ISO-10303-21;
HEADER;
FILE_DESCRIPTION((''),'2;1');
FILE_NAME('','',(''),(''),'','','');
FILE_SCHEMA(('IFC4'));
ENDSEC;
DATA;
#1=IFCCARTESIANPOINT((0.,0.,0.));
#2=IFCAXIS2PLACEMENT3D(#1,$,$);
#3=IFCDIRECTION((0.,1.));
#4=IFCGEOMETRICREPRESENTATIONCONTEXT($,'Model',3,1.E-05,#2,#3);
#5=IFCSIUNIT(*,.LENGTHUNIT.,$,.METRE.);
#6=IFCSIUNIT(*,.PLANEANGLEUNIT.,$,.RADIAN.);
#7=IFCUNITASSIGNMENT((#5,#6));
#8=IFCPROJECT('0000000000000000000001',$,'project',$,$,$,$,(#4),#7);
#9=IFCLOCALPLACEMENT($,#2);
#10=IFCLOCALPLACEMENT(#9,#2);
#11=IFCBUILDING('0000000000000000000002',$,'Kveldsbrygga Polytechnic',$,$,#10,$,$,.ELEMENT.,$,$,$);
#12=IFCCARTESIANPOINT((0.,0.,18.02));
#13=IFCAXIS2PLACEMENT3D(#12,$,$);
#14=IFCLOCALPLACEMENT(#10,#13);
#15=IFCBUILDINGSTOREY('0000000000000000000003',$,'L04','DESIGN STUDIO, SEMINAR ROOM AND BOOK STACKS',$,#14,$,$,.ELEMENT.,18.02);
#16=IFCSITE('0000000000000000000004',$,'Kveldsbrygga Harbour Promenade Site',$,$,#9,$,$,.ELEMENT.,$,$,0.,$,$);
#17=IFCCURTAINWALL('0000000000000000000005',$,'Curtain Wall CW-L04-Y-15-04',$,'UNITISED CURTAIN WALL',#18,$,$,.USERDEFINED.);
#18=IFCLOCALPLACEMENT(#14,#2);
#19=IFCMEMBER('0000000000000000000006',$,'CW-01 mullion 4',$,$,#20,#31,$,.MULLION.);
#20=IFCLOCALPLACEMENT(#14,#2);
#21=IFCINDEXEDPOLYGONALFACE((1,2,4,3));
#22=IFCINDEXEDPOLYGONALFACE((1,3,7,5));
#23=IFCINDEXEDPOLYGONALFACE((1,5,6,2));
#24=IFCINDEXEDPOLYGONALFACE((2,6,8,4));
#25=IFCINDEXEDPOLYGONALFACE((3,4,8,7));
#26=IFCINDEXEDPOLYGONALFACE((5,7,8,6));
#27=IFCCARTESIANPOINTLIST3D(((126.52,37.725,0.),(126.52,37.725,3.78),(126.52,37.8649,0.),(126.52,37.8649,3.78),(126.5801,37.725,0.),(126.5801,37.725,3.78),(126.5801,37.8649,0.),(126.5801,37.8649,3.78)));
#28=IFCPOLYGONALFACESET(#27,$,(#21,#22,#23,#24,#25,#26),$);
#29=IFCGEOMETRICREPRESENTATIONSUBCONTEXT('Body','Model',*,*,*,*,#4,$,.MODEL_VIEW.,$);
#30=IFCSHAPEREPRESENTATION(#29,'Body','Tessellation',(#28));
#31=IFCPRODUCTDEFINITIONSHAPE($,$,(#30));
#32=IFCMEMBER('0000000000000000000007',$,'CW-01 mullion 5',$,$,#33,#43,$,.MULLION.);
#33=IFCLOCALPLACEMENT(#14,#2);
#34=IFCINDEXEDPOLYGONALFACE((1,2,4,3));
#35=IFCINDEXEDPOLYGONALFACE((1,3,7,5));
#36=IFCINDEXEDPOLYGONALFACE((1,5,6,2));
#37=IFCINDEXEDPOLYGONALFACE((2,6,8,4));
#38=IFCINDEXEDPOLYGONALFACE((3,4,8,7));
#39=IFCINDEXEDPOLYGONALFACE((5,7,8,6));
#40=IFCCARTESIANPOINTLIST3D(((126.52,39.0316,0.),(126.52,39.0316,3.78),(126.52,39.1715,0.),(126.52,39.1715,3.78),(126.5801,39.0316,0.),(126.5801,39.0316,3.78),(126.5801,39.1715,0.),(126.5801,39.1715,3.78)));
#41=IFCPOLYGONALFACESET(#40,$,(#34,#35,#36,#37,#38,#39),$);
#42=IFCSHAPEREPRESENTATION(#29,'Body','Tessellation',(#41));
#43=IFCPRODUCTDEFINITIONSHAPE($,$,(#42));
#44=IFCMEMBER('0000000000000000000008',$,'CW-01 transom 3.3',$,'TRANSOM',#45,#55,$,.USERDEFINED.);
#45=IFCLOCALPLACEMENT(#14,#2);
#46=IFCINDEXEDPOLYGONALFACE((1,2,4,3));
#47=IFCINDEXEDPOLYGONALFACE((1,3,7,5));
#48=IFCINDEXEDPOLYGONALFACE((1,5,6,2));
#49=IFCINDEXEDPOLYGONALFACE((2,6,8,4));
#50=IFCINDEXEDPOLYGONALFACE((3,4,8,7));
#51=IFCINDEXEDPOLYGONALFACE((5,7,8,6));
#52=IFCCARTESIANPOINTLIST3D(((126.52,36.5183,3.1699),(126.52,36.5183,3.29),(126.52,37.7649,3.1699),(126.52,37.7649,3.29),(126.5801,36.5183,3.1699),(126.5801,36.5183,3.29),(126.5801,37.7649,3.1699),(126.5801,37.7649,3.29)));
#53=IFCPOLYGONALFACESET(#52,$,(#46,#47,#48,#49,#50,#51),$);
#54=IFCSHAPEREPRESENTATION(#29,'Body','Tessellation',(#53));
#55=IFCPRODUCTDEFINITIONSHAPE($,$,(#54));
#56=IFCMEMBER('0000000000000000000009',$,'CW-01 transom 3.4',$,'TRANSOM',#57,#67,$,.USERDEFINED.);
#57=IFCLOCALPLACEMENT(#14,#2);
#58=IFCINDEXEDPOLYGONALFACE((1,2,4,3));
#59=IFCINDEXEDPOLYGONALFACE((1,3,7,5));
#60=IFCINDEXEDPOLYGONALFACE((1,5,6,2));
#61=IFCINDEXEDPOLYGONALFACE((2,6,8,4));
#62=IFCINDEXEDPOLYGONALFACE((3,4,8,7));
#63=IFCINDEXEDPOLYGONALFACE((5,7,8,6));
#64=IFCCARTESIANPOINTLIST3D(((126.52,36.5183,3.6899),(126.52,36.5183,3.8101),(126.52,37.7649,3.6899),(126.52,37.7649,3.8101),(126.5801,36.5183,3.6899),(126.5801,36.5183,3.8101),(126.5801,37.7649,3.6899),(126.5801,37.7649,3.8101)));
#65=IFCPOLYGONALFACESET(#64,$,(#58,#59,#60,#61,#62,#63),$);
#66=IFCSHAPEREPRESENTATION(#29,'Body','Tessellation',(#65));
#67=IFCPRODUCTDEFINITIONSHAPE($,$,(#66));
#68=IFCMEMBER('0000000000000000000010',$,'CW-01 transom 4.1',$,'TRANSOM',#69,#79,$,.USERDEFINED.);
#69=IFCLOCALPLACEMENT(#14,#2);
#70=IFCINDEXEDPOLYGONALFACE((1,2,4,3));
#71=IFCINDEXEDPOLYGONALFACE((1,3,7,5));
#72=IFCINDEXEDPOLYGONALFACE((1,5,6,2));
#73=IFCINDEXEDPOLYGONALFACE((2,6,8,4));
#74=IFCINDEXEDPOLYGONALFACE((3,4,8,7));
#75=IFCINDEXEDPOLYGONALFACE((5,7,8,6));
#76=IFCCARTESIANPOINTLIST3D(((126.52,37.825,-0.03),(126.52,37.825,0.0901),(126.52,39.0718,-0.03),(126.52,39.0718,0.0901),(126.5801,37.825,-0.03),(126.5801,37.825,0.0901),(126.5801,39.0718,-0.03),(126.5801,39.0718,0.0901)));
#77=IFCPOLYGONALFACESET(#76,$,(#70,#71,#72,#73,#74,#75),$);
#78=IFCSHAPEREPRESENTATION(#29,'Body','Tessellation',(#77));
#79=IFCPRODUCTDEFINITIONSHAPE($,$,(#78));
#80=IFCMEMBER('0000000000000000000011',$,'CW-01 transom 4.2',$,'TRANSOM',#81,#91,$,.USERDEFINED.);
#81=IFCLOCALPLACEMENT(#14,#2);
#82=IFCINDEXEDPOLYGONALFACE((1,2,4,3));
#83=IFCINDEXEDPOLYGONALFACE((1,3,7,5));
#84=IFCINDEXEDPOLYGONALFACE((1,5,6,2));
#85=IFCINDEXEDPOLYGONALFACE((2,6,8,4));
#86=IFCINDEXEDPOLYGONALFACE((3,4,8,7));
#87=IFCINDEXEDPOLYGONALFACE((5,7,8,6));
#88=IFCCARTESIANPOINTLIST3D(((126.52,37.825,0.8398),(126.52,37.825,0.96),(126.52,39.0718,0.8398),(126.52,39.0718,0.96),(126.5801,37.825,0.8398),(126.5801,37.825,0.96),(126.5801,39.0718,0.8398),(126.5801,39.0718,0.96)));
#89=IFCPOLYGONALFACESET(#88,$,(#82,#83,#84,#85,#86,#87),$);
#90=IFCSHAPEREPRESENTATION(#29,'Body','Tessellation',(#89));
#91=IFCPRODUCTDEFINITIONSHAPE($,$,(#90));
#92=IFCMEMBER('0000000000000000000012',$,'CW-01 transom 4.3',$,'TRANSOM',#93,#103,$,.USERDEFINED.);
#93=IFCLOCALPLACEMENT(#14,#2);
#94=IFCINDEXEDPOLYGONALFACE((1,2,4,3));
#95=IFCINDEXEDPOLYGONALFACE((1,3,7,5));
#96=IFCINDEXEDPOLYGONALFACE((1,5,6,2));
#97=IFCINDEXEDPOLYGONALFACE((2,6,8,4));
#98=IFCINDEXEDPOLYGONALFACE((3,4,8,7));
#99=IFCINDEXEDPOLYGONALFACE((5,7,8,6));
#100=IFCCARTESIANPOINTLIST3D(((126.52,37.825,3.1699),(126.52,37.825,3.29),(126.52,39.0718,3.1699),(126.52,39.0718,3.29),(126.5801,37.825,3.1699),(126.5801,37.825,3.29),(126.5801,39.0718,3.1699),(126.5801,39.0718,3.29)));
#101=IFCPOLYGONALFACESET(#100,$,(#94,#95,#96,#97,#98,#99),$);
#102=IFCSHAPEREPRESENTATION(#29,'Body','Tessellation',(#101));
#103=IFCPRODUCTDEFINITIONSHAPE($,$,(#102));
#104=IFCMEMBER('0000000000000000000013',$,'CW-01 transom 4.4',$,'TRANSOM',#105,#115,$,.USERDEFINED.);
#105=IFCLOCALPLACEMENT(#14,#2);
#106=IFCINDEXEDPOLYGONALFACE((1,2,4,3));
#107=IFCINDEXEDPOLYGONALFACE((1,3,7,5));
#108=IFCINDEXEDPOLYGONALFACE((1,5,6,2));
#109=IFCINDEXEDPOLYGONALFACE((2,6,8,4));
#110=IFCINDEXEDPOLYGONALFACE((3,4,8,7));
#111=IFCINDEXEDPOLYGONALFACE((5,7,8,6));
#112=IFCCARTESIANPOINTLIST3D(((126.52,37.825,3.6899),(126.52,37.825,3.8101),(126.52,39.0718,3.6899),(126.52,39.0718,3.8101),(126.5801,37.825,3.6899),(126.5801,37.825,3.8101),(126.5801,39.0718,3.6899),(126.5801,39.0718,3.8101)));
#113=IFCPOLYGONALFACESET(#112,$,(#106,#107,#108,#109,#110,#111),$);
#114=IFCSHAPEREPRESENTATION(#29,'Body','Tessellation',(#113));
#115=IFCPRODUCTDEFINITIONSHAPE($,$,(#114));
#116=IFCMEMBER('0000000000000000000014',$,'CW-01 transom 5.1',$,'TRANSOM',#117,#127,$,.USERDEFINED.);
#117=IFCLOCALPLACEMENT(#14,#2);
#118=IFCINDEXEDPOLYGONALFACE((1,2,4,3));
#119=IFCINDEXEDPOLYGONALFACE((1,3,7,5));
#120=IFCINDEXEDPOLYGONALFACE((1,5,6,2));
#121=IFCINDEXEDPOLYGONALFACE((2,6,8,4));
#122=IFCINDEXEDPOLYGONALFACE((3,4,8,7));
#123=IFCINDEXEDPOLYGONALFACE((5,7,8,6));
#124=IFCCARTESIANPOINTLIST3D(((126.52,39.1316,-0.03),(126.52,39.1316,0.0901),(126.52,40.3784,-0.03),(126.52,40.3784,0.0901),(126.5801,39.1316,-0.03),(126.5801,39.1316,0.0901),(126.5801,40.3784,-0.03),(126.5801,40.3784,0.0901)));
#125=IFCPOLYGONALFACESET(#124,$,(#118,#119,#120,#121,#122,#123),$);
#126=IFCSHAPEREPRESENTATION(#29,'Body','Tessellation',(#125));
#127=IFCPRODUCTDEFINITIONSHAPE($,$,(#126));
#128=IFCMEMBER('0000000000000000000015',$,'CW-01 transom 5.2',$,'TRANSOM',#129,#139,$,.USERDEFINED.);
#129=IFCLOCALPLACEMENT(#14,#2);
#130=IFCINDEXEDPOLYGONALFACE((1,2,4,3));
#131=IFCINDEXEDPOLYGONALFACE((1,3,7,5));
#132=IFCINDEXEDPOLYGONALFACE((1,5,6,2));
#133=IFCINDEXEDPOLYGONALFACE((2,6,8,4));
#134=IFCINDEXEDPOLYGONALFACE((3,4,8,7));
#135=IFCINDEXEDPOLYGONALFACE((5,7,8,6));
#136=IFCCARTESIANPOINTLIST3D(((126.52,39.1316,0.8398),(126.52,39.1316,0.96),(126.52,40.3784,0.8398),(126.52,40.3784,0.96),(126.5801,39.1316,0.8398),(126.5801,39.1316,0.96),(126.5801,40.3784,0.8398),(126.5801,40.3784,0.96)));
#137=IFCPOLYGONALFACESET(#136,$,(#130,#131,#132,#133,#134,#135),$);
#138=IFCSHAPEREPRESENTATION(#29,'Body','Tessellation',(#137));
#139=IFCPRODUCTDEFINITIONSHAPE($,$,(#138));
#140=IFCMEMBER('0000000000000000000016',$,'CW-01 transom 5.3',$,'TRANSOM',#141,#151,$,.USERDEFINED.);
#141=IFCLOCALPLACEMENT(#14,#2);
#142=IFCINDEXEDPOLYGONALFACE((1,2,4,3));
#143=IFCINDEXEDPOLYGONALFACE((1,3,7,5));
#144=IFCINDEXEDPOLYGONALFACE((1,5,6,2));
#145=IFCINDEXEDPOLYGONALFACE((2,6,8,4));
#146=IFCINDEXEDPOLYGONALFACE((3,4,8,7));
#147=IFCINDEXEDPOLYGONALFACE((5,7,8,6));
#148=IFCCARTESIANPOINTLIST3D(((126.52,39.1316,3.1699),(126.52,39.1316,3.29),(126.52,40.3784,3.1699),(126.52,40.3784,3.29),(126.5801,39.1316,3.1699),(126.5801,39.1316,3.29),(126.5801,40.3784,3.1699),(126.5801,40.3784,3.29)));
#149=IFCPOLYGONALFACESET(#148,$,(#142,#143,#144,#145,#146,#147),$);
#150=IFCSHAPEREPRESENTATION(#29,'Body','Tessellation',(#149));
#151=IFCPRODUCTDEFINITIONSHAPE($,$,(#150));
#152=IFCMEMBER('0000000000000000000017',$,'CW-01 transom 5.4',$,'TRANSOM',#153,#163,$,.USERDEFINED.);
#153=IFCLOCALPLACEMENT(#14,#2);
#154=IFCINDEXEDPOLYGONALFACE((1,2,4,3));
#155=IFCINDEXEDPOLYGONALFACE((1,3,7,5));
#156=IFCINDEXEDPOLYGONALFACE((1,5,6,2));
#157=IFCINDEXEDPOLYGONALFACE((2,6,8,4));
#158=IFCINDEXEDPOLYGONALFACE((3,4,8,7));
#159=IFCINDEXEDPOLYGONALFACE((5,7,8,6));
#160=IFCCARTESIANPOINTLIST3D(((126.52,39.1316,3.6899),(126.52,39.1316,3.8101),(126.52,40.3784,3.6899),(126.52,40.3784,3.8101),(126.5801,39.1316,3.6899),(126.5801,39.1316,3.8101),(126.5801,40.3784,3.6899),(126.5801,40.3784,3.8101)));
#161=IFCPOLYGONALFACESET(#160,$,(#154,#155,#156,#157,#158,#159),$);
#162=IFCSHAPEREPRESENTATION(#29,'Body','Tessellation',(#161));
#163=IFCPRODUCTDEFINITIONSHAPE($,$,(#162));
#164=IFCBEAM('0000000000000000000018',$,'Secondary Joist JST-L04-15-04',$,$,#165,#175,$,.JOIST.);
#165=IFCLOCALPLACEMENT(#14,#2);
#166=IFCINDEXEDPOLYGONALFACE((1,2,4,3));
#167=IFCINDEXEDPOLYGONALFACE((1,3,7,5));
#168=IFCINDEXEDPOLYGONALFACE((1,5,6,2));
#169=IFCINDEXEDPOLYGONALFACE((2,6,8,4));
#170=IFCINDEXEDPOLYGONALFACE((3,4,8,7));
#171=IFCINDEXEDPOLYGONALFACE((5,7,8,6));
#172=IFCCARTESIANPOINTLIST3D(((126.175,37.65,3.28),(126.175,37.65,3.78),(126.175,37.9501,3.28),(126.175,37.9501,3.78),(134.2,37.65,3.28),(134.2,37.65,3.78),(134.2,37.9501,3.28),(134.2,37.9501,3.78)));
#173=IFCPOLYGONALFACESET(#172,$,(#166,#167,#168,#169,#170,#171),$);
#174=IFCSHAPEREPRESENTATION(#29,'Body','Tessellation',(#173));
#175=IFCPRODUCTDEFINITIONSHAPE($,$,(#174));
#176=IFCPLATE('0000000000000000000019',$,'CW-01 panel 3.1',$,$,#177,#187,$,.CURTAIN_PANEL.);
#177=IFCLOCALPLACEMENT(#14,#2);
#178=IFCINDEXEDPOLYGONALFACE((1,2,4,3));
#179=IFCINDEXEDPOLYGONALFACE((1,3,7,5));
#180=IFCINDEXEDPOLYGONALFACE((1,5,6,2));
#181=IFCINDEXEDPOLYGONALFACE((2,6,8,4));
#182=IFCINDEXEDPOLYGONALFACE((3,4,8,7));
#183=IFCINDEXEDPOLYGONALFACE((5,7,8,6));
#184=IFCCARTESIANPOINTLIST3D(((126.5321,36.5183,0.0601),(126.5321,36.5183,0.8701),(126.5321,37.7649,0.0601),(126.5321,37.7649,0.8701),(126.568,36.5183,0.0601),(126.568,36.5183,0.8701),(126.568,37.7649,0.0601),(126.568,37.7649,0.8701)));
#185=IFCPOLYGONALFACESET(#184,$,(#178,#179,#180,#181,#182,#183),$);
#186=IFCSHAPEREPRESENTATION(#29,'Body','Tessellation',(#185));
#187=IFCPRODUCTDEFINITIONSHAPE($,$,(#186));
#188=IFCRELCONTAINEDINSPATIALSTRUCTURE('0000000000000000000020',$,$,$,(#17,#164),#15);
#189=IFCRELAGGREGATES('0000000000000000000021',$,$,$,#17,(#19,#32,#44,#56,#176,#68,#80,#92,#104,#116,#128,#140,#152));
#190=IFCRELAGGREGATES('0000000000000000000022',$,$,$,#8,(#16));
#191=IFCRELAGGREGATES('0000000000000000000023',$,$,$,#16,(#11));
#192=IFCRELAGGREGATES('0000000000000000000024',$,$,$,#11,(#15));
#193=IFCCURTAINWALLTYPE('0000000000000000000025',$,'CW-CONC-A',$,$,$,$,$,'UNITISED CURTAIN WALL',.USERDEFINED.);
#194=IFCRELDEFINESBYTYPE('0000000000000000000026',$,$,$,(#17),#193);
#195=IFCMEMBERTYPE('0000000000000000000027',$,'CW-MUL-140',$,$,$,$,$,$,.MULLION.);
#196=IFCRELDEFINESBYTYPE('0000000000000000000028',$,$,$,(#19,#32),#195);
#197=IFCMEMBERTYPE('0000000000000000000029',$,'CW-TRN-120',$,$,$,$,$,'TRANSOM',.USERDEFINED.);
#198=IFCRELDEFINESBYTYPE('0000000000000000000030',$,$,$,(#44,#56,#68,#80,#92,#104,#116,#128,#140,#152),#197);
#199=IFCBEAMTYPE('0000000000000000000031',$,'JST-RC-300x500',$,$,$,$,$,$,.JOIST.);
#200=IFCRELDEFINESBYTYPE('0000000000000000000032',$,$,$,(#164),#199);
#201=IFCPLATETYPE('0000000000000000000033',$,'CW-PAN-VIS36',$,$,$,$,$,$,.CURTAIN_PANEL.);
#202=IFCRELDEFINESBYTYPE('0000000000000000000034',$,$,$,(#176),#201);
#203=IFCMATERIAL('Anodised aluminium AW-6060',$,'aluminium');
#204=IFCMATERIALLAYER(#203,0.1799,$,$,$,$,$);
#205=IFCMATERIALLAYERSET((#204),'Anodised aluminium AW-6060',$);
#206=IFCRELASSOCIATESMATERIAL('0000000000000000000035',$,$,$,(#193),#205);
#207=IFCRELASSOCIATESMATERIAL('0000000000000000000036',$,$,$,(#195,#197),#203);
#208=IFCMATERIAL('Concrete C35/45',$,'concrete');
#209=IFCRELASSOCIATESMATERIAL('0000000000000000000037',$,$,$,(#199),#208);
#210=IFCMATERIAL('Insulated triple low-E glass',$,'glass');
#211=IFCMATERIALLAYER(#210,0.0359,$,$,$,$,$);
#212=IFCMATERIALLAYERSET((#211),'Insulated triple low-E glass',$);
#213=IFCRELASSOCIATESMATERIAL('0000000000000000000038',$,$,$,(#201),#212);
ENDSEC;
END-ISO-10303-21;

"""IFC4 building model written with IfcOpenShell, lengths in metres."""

from ifc_helpers import new_model, si_unit, direction, frame, origin, origin_2d, place, context, subcontext, project, spatial, rectangle, extrude, material, layer, layer_set, material_profile, profile_set, type_object, element, aggregate, save


model = new_model("IFC4")

# Units and contexts
model_context = context("Model", 3, precision=1e-05, world=origin(), true_north=direction((0.0, 1.0)))
body_context = subcontext(model_context, "Body", "Model", "MODEL_VIEW")
ifc_project = project(units=[si_unit("LENGTHUNIT", "METRE"), si_unit("PLANEANGLEUNIT", "RADIAN")], contexts=[model_context])

# Site, building, storey
site_placement = place(None, origin())
site = spatial("IfcSite", under=ifc_project, at=site_placement, Name="Kveldsbrygga Harbour Promenade Site", CompositionType="ELEMENT", RefElevation=0.0)
building_placement = place(site_placement, origin())
building = spatial("IfcBuilding", under=site, at=building_placement, Name="Kveldsbrygga Polytechnic", CompositionType="ELEMENT")
storey_placement = place(building_placement, frame((0.0, 0.0, 18.02)))
storey = spatial("IfcBuildingStorey", under=building, at=storey_placement, Name="L04", Description="DESIGN STUDIO, SEMINAR ROOM AND BOOK STACKS", CompositionType="ELEMENT", Elevation=18.02)

# Curtain wall, members
ifc_material_1 = material(Name="Anodised aluminium AW-6060", Category="aluminium")
ifc_layer_1 = layer(ifc_material_1, 0.1799)
ifc_layer_set_1 = layer_set([ifc_layer_1], Name="Anodised aluminium AW-6060")
curtain_wall_type = type_object("IfcCurtainWallType", Name="CW-CONC-A", ElementType="UNITISED CURTAIN WALL", PredefinedType="USERDEFINED", material=ifc_layer_set_1)
curtain_wall_placement = place(storey_placement, origin())
curtain_wall = element("IfcCurtainWall", 1, at=curtain_wall_placement, inside=storey, type_object=curtain_wall_type, Name="Curtain Wall CW-L04-Y-15-04", ObjectType="UNITISED CURTAIN WALL", PredefinedType="USERDEFINED")
ifc_material_profile_1 = material_profile(ifc_material_1, rectangle(XDim=0.0601, YDim=0.1399, at=origin_2d()), Name="ALU 60x140")
ifc_profile_set_1 = profile_set([ifc_material_profile_1], Name="Anodised aluminium AW-6060")
member_type_1 = type_object("IfcMemberType", Name="CW-MUL-140", PredefinedType="MULLION", material=ifc_profile_set_1)
member_1_placement = place(storey_placement, frame((126.55, 37.7949, 0.0), z_axis=(0.0, 0.0, 1.0), x_axis=(-1.0, 0.0, 0.0)))
member_1 = element("IfcMember", 2, at=member_1_placement, type_object=member_type_1, Name="CW-01 mullion 4", PredefinedType="MULLION", context=body_context, shape_type="SweptSolid", body=[
    extrude(rectangle(XDim=0.0601, YDim=0.1399, at=origin_2d()), origin(), (0.0, 0.0, 1.0), 3.78),
])
member_2_placement = place(storey_placement, frame((126.55, 39.1016, 0.0), z_axis=(0.0, 0.0, 1.0), x_axis=(-1.0, 0.0, 0.0)))
member_2 = element("IfcMember", 3, at=member_2_placement, type_object=member_type_1, Name="CW-01 mullion 5", PredefinedType="MULLION", context=body_context, shape_type="SweptSolid", body=[
    extrude(rectangle(XDim=0.0601, YDim=0.1399, at=origin_2d()), origin(), (0.0, 0.0, 1.0), 3.78),
])
ifc_material_profile_2 = material_profile(ifc_material_1, rectangle(XDim=0.0601, YDim=0.1201, at=origin_2d()), Name="ALU 60x120")
ifc_profile_set_2 = profile_set([ifc_material_profile_2], Name="Anodised aluminium AW-6060")
member_type_2 = type_object("IfcMemberType", Name="CW-TRN-120", ElementType="TRANSOM", PredefinedType="USERDEFINED", material=ifc_profile_set_2)
member_3_placement = place(storey_placement, frame((126.55, 36.5183, 3.23), z_axis=(0.0, 1.0, 0.0), x_axis=(-1.0, 0.0, 0.0)))
member_3 = element("IfcMember", 4, at=member_3_placement, type_object=member_type_2, Name="CW-01 transom 3.3", ObjectType="TRANSOM", PredefinedType="USERDEFINED", context=body_context, shape_type="SweptSolid", body=[
    extrude(rectangle(XDim=0.0601, YDim=0.1201, at=origin_2d()), origin(), (0.0, 0.0, 1.0), 1.2466),
])
member_4_placement = place(storey_placement, frame((126.55, 36.5183, 3.75), z_axis=(0.0, 1.0, 0.0), x_axis=(-1.0, 0.0, 0.0)))
member_4 = element("IfcMember", 5, at=member_4_placement, type_object=member_type_2, Name="CW-01 transom 3.4", ObjectType="TRANSOM", PredefinedType="USERDEFINED", context=body_context, shape_type="SweptSolid", body=[
    extrude(rectangle(XDim=0.0601, YDim=0.1201, at=origin_2d()), origin(), (0.0, 0.0, 1.0), 1.2466),
])
member_5_placement = place(storey_placement, frame((126.55, 37.825, 0.03), z_axis=(0.0, 1.0, 0.0), x_axis=(-1.0, 0.0, 0.0)))
member_5 = element("IfcMember", 6, at=member_5_placement, type_object=member_type_2, Name="CW-01 transom 4.1", ObjectType="TRANSOM", PredefinedType="USERDEFINED", context=body_context, shape_type="SweptSolid", body=[
    extrude(rectangle(XDim=0.0601, YDim=0.1201, at=origin_2d()), origin(), (0.0, 0.0, 1.0), 1.2468),
])
member_6_placement = place(storey_placement, frame((126.55, 37.825, 0.8999), z_axis=(0.0, 1.0, 0.0), x_axis=(-1.0, 0.0, 0.0)))
member_6 = element("IfcMember", 7, at=member_6_placement, type_object=member_type_2, Name="CW-01 transom 4.2", ObjectType="TRANSOM", PredefinedType="USERDEFINED", context=body_context, shape_type="SweptSolid", body=[
    extrude(rectangle(XDim=0.0601, YDim=0.1201, at=origin_2d()), origin(), (0.0, 0.0, 1.0), 1.2468),
])
member_7_placement = place(storey_placement, frame((126.55, 37.825, 3.23), z_axis=(0.0, 1.0, 0.0), x_axis=(-1.0, 0.0, 0.0)))
member_7 = element("IfcMember", 8, at=member_7_placement, type_object=member_type_2, Name="CW-01 transom 4.3", ObjectType="TRANSOM", PredefinedType="USERDEFINED", context=body_context, shape_type="SweptSolid", body=[
    extrude(rectangle(XDim=0.0601, YDim=0.1201, at=origin_2d()), origin(), (0.0, 0.0, 1.0), 1.2468),
])
member_8_placement = place(storey_placement, frame((126.55, 37.825, 3.75), z_axis=(0.0, 1.0, 0.0), x_axis=(-1.0, 0.0, 0.0)))
member_8 = element("IfcMember", 9, at=member_8_placement, type_object=member_type_2, Name="CW-01 transom 4.4", ObjectType="TRANSOM", PredefinedType="USERDEFINED", context=body_context, shape_type="SweptSolid", body=[
    extrude(rectangle(XDim=0.0601, YDim=0.1201, at=origin_2d()), origin(), (0.0, 0.0, 1.0), 1.2468),
])
member_9_placement = place(storey_placement, frame((126.55, 39.1316, 0.03), z_axis=(0.0, 1.0, 0.0), x_axis=(-1.0, 0.0, 0.0)))
member_9 = element("IfcMember", 10, at=member_9_placement, type_object=member_type_2, Name="CW-01 transom 5.1", ObjectType="TRANSOM", PredefinedType="USERDEFINED", context=body_context, shape_type="SweptSolid", body=[
    extrude(rectangle(XDim=0.0601, YDim=0.1201, at=origin_2d()), origin(), (0.0, 0.0, 1.0), 1.2468),
])
member_10_placement = place(storey_placement, frame((126.55, 39.1316, 0.8999), z_axis=(0.0, 1.0, 0.0), x_axis=(-1.0, 0.0, 0.0)))
member_10 = element("IfcMember", 11, at=member_10_placement, type_object=member_type_2, Name="CW-01 transom 5.2", ObjectType="TRANSOM", PredefinedType="USERDEFINED", context=body_context, shape_type="SweptSolid", body=[
    extrude(rectangle(XDim=0.0601, YDim=0.1201, at=origin_2d()), origin(), (0.0, 0.0, 1.0), 1.2468),
])
member_11_placement = place(storey_placement, frame((126.55, 39.1316, 3.23), z_axis=(0.0, 1.0, 0.0), x_axis=(-1.0, 0.0, 0.0)))
member_11 = element("IfcMember", 12, at=member_11_placement, type_object=member_type_2, Name="CW-01 transom 5.3", ObjectType="TRANSOM", PredefinedType="USERDEFINED", context=body_context, shape_type="SweptSolid", body=[
    extrude(rectangle(XDim=0.0601, YDim=0.1201, at=origin_2d()), origin(), (0.0, 0.0, 1.0), 1.2468),
])
member_12_placement = place(storey_placement, frame((126.55, 39.1316, 3.75), z_axis=(0.0, 1.0, 0.0), x_axis=(-1.0, 0.0, 0.0)))
member_12 = element("IfcMember", 13, at=member_12_placement, type_object=member_type_2, Name="CW-01 transom 5.4", ObjectType="TRANSOM", PredefinedType="USERDEFINED", context=body_context, shape_type="SweptSolid", body=[
    extrude(rectangle(XDim=0.0601, YDim=0.1201, at=origin_2d()), origin(), (0.0, 0.0, 1.0), 1.2468),
])

# Beam
ifc_material_2 = material(Name="Concrete C35/45", Category="concrete")
ifc_material_profile_3 = material_profile(ifc_material_2, rectangle(XDim=0.3, YDim=0.5, at=origin_2d()), Name="RC 300x500")
ifc_profile_set_3 = profile_set([ifc_material_profile_3], Name="Concrete C35/45")
beam_type = type_object("IfcBeamType", Name="JST-RC-300x500", PredefinedType="JOIST", material=ifc_profile_set_3)
beam_placement = place(storey_placement, frame((126.175, 37.8, 3.53), z_axis=(1.0, 0.0, 0.0), x_axis=(0.0, 1.0, 0.0)))
element("IfcBeam", 14, at=beam_placement, inside=storey, type_object=beam_type, Name="Secondary Joist JST-L04-15-04", PredefinedType="JOIST", context=body_context, shape_type="SweptSolid", body=[
    extrude(rectangle(XDim=0.3, YDim=0.5, at=origin_2d()), origin(), (0.0, 0.0, 1.0), 8.0249),
])

# Plate
ifc_material_3 = material(Name="Insulated triple low-E glass", Category="glass")
ifc_layer_2 = layer(ifc_material_3, 0.0359)
ifc_layer_set_2 = layer_set([ifc_layer_2], Name="Insulated triple low-E glass")
plate_type = type_object("IfcPlateType", Name="CW-PAN-VIS36", PredefinedType="CURTAIN_PANEL", material=ifc_layer_set_2)
plate_1_placement = place(storey_placement, frame((126.55, 37.1416, 0.0601), z_axis=(0.0, 0.0, 1.0), x_axis=(0.0, 1.0, 0.0)))
plate_1 = element("IfcPlate", 15, at=plate_1_placement, type_object=plate_type, Name="CW-01 panel 3.1", PredefinedType="CURTAIN_PANEL", context=body_context, shape_type="SweptSolid", body=[
    extrude(rectangle(XDim=1.2466, YDim=0.0359, at=origin_2d()), origin(), (0.0, 0.0, 1.0), 0.8101),
])
aggregate(curtain_wall, [member_1, member_2, member_3, member_4, plate_1, member_5, member_6, member_7, member_8, member_9, member_10, member_11, member_12])

save(model, "model.ifc")
